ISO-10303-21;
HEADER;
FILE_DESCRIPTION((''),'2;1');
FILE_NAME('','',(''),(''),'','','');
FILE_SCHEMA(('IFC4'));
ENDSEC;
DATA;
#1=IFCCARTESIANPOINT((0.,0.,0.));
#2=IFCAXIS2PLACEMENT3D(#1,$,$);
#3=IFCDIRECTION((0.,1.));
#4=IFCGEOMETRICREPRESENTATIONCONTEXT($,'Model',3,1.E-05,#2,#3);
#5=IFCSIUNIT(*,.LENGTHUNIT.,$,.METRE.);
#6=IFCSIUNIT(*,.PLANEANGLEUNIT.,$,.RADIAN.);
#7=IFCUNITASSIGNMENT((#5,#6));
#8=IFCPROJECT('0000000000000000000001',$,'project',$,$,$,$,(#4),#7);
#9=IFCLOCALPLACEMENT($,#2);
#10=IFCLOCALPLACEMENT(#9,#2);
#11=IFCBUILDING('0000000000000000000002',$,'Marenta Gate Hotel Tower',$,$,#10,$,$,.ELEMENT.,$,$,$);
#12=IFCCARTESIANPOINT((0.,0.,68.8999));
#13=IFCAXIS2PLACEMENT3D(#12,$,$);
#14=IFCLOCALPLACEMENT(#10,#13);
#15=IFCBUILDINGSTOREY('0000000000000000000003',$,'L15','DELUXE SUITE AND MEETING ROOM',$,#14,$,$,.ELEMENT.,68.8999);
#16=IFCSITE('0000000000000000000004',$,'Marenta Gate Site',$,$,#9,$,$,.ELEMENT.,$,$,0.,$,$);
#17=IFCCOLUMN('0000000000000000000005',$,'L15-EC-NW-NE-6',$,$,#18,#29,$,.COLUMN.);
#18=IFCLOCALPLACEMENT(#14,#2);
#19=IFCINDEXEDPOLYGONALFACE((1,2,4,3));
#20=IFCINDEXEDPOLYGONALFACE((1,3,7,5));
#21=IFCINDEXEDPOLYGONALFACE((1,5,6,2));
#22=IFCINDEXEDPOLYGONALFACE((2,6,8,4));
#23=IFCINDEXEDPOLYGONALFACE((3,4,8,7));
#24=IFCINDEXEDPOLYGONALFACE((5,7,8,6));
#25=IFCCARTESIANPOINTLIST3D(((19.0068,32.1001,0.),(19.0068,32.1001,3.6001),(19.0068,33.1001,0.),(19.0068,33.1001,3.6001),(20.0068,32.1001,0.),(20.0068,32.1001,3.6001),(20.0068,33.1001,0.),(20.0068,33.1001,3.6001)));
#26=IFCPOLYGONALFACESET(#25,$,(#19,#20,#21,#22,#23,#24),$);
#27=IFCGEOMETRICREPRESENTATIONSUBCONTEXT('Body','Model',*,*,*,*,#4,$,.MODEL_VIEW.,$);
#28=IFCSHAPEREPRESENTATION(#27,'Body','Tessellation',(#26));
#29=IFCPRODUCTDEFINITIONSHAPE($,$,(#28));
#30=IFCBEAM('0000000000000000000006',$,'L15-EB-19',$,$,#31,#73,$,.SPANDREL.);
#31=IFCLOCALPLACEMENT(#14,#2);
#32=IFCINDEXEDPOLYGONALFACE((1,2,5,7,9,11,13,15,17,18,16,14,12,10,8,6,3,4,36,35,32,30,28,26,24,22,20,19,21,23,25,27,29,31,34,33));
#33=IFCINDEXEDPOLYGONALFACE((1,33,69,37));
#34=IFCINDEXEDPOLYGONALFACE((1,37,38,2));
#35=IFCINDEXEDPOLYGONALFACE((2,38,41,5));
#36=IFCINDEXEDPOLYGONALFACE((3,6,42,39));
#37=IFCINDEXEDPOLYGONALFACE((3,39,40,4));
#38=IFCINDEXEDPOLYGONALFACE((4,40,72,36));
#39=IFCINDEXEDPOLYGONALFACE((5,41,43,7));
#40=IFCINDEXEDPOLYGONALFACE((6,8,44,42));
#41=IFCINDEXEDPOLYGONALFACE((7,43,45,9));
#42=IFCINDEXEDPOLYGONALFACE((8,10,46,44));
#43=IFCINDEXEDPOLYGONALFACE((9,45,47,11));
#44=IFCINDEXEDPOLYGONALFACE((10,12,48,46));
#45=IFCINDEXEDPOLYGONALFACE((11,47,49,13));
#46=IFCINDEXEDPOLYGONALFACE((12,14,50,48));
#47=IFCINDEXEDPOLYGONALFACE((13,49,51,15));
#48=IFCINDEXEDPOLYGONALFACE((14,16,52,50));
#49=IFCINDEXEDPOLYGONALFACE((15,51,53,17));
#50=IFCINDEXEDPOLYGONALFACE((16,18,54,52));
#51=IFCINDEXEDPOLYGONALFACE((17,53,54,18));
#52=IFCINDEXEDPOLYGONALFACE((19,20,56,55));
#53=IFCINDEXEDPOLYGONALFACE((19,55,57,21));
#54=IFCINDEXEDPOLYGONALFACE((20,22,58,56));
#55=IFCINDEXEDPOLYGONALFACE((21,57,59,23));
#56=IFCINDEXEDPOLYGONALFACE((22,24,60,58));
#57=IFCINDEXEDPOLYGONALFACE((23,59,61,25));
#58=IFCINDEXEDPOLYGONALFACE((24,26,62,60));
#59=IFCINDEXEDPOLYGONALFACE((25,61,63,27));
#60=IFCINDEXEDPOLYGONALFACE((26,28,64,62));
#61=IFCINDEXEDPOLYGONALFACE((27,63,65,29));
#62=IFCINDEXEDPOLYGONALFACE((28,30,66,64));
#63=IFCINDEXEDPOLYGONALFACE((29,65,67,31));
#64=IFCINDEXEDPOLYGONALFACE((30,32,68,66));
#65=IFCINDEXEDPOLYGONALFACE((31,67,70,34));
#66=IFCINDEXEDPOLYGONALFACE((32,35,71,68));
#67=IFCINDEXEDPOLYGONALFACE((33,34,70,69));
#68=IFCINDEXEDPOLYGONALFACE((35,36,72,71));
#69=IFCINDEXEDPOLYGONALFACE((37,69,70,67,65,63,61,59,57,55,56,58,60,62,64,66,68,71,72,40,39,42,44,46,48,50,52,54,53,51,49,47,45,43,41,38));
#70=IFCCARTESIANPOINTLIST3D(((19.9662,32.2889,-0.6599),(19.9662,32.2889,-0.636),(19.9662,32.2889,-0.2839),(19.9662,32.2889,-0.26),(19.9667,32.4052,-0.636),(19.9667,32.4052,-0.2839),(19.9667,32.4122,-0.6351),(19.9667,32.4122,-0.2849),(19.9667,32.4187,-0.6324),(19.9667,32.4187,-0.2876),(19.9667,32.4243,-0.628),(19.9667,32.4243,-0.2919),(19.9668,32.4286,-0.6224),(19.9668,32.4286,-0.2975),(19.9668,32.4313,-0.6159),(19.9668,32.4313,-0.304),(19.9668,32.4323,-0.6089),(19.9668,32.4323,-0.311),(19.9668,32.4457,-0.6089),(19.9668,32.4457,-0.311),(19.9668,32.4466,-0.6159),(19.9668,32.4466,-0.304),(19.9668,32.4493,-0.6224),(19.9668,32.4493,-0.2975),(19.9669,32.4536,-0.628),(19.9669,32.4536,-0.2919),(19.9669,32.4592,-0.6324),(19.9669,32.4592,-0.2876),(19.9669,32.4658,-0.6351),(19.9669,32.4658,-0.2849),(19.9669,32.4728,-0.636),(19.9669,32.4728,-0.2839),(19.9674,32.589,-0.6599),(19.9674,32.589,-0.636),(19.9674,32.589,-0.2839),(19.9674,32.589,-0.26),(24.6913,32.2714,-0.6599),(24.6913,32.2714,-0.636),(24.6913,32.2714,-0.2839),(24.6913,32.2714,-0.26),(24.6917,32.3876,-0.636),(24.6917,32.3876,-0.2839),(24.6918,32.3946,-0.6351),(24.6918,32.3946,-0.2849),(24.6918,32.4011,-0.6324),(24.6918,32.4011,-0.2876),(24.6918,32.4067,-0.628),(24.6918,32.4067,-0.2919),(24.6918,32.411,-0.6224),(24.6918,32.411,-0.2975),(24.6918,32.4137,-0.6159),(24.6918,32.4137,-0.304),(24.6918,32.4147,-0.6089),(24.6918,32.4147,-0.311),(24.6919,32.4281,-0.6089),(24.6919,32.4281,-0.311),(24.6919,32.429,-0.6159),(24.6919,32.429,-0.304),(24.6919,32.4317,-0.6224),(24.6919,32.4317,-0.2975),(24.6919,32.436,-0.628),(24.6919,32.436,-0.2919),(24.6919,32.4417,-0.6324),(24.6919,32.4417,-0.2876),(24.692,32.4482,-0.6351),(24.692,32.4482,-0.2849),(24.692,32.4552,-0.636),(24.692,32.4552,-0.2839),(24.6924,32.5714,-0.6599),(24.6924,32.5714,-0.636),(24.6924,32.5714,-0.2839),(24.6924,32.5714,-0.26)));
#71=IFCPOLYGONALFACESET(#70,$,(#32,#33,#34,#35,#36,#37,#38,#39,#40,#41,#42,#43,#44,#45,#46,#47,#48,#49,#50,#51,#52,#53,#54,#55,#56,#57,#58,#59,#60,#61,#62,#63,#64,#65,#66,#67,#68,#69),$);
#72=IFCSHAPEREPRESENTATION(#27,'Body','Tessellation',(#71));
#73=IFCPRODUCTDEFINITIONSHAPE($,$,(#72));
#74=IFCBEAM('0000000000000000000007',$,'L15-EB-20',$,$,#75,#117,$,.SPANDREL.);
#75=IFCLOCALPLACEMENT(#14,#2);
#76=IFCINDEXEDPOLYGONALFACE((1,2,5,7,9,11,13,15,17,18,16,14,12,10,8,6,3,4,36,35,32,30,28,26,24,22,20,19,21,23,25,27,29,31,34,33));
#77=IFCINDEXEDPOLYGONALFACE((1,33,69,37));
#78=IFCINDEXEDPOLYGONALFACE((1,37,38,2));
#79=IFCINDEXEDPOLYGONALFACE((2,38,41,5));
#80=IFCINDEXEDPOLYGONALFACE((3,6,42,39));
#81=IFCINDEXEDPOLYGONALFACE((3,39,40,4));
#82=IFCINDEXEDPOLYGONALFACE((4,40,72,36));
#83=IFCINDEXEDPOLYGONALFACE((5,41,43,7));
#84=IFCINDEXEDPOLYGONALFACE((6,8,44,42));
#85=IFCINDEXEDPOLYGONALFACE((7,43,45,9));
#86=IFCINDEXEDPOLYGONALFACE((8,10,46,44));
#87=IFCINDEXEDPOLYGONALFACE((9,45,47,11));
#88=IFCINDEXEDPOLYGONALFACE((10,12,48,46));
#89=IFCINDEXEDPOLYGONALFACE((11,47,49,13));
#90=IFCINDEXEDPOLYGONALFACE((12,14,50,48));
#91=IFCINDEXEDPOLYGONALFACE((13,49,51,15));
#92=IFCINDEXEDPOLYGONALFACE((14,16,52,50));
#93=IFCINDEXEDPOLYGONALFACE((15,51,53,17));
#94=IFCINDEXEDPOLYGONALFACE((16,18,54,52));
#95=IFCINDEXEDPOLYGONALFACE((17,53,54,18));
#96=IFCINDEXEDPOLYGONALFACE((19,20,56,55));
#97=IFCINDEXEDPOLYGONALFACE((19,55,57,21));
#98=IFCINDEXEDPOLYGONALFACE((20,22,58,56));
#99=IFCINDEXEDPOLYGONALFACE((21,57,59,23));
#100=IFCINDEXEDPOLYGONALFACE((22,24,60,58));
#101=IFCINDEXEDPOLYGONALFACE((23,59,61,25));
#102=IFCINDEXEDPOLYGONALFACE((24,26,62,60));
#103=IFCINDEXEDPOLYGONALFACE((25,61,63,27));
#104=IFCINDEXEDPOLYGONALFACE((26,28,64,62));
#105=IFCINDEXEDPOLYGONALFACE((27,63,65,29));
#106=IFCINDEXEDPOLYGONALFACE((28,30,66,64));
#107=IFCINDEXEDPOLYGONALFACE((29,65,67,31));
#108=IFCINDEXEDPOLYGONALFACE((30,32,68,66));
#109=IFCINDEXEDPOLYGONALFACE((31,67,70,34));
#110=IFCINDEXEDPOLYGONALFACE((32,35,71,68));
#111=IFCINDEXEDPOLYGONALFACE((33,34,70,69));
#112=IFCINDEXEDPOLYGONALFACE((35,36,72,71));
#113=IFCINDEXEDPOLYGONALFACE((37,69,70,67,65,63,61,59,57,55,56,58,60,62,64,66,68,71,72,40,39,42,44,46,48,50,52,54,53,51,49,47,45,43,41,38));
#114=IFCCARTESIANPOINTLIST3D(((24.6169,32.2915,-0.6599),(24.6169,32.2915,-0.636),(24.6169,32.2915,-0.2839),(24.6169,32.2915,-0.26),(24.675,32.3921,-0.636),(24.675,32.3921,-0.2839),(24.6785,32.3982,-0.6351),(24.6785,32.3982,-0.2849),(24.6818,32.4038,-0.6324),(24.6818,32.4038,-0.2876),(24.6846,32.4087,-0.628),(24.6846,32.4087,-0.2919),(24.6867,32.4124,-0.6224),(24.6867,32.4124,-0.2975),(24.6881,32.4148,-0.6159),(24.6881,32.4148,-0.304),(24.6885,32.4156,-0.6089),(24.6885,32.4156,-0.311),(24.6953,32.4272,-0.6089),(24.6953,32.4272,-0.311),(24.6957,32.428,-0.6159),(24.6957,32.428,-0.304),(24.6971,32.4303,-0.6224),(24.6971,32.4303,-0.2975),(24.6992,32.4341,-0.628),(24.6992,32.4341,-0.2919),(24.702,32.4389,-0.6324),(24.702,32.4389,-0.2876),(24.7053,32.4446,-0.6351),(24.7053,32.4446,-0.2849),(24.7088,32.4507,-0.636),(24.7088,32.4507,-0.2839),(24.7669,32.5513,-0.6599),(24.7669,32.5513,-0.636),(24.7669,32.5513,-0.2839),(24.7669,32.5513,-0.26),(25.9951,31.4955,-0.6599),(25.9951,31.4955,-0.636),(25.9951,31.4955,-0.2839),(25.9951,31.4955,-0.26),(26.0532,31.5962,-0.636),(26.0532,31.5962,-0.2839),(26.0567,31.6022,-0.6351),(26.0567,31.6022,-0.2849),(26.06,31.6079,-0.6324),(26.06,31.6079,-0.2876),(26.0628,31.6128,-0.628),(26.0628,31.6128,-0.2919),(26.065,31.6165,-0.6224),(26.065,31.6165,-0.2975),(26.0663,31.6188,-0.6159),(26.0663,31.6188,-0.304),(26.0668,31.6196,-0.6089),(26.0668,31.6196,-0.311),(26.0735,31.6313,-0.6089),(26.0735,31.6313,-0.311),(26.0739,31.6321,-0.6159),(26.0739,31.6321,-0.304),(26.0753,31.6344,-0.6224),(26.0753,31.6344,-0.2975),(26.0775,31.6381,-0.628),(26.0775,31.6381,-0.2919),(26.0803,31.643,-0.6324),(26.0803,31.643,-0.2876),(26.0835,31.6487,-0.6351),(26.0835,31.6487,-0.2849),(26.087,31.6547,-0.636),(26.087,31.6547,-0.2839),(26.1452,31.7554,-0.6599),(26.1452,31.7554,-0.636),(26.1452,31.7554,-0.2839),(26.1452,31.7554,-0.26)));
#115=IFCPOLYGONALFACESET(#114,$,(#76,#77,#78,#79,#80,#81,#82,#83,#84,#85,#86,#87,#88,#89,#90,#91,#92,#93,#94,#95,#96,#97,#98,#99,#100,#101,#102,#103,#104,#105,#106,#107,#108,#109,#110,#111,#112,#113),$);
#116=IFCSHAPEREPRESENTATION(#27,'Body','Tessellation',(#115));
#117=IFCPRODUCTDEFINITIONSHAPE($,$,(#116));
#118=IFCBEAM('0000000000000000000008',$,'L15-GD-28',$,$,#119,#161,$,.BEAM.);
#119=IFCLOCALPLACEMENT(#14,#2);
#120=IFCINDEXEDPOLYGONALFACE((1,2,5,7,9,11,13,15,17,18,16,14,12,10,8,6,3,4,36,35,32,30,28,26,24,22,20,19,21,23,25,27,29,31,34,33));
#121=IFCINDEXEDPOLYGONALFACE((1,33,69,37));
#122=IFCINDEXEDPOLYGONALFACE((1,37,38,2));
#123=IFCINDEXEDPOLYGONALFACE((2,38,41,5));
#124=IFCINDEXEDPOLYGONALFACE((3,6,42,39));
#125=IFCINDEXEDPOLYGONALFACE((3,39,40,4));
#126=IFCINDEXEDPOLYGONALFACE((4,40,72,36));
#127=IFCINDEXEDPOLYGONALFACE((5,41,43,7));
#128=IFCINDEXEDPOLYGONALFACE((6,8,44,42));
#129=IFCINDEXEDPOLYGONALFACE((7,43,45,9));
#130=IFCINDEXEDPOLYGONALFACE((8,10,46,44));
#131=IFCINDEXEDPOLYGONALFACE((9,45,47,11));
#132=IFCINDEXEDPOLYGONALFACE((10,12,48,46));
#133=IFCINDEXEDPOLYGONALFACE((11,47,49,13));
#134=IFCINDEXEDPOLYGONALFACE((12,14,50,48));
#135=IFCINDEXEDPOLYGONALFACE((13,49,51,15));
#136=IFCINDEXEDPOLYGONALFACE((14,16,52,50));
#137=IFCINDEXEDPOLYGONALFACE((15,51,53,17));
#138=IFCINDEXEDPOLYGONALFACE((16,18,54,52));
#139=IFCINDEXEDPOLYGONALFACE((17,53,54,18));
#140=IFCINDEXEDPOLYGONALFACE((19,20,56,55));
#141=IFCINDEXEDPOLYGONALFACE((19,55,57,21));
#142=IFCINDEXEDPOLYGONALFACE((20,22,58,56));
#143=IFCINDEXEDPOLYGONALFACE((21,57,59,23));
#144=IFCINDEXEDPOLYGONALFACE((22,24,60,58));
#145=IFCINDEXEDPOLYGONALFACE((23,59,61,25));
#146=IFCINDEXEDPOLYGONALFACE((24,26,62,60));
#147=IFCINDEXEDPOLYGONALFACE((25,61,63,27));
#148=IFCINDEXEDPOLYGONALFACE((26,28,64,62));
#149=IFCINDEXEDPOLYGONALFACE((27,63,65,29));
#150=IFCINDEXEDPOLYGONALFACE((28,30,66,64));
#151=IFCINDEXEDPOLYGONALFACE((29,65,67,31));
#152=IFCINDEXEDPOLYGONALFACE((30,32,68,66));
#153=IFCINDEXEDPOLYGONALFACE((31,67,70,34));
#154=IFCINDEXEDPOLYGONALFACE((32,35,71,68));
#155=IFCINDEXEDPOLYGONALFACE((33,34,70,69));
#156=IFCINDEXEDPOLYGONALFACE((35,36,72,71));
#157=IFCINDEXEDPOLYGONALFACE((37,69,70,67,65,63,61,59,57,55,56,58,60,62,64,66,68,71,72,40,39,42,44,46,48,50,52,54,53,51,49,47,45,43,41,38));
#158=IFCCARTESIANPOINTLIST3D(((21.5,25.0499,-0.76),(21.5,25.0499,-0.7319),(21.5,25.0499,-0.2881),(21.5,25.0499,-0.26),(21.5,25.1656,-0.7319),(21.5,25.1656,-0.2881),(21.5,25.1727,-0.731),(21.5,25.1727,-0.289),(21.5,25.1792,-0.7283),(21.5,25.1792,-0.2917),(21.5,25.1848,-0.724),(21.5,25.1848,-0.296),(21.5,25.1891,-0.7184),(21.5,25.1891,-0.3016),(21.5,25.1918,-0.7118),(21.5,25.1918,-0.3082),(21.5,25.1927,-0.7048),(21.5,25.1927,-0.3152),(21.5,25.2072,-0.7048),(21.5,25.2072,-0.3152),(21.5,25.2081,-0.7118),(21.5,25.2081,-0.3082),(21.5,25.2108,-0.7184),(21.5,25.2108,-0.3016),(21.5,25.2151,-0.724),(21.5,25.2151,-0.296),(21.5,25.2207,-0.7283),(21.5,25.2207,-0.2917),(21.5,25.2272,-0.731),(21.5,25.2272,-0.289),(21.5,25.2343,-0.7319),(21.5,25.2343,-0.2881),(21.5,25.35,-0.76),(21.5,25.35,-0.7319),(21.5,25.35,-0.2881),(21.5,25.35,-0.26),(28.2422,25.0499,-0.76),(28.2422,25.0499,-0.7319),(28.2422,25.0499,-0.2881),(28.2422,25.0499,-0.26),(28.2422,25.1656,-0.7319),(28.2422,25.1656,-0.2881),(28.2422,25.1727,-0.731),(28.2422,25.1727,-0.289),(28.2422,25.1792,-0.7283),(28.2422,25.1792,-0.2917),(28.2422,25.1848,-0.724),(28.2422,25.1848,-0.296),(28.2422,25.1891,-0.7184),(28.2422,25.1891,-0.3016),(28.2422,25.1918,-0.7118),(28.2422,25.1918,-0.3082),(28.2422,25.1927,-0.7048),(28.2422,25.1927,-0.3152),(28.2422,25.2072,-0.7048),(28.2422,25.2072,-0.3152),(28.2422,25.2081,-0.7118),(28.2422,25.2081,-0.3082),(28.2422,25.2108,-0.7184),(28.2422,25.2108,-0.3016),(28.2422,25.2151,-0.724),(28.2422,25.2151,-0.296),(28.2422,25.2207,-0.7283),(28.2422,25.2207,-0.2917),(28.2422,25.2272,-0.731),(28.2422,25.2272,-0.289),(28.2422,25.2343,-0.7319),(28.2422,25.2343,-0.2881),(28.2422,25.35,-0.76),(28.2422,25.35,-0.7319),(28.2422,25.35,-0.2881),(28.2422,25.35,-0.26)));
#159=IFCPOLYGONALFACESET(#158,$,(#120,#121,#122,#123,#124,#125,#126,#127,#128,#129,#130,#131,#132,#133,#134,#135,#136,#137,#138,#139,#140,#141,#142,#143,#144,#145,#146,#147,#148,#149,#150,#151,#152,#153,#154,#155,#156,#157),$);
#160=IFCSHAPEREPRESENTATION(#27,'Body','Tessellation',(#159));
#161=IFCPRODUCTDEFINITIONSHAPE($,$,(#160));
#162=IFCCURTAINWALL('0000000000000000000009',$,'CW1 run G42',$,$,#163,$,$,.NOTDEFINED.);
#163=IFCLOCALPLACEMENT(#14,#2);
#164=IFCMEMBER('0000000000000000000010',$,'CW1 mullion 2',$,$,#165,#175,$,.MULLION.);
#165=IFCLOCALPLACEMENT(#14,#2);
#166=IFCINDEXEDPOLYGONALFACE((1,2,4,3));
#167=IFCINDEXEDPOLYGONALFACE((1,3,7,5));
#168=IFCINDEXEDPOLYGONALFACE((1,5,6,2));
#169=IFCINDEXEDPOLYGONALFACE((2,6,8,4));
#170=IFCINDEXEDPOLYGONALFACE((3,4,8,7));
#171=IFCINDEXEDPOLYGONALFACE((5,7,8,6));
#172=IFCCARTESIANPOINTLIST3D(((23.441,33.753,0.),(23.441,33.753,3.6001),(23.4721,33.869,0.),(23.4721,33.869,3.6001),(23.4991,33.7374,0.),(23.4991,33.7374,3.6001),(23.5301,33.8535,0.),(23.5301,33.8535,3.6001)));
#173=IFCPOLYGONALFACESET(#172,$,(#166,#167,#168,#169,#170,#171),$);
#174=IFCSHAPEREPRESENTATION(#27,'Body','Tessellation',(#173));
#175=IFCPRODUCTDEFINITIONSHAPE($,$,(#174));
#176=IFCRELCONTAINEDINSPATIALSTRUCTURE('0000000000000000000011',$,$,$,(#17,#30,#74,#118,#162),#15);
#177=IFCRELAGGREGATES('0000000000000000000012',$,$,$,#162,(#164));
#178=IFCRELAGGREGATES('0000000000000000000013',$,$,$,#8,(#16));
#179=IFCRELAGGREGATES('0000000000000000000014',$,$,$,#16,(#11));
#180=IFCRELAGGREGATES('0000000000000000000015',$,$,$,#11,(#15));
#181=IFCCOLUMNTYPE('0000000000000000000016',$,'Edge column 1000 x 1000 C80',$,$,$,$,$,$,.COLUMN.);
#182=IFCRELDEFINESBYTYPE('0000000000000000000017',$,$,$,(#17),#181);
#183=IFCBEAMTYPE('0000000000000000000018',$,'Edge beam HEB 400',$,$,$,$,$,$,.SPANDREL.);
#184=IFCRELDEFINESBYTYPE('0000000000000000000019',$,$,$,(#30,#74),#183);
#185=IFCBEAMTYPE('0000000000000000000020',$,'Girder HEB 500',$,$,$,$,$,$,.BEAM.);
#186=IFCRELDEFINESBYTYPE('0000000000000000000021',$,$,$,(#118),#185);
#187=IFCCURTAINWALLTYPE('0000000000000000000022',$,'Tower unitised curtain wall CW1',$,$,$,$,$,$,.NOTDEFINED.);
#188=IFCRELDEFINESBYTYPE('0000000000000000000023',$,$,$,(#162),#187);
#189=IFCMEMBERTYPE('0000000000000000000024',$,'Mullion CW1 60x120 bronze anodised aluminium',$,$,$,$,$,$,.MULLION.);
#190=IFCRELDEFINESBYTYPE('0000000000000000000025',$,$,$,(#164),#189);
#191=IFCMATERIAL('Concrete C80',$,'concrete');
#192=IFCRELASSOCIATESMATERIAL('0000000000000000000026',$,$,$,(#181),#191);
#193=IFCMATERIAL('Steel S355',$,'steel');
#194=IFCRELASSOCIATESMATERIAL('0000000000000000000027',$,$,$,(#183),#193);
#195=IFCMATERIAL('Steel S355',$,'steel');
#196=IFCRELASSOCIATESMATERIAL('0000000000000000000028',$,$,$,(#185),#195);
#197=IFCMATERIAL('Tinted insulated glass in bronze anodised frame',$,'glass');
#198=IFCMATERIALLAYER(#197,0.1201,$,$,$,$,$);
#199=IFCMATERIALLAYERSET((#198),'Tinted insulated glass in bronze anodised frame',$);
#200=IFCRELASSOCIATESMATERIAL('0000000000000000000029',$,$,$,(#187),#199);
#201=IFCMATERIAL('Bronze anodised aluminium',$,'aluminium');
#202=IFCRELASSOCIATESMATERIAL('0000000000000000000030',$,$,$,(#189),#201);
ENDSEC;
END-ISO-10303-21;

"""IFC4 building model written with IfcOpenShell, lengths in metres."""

from ifc_helpers import new_model, si_unit, direction, frame, origin, origin_2d, place, context, subcontext, project, spatial, rectangle, i_section, extrude, material, layer, layer_set, material_profile, profile_set, type_object, element, aggregate, save


model = new_model("IFC4")

# Units and contexts
model_context = context("Model", 3, precision=1e-05, world=origin(), true_north=direction((0.0, 1.0)))
body_context = subcontext(model_context, "Body", "Model", "MODEL_VIEW")
ifc_project = project(units=[si_unit("LENGTHUNIT", "METRE"), si_unit("PLANEANGLEUNIT", "RADIAN")], contexts=[model_context])

# Site, building, storey
site_placement = place(None, origin())
site = spatial("IfcSite", under=ifc_project, at=site_placement, Name="Marenta Gate Site", CompositionType="ELEMENT", RefElevation=0.0)
building_placement = place(site_placement, origin())
building = spatial("IfcBuilding", under=site, at=building_placement, Name="Marenta Gate Hotel Tower", CompositionType="ELEMENT")
storey_placement = place(building_placement, frame((0.0, 0.0, 68.8999)))
storey = spatial("IfcBuildingStorey", under=building, at=storey_placement, Name="L15", Description="DELUXE SUITE AND MEETING ROOM", CompositionType="ELEMENT", Elevation=68.8999)

# Column
ifc_material_1 = material(Name="Concrete C80", Category="concrete")
ifc_material_profile_1 = material_profile(ifc_material_1, rectangle(XDim=1.0, YDim=1.0, at=origin_2d()), Name="1000 x 1000")
ifc_profile_set_1 = profile_set([ifc_material_profile_1], Name="Concrete C80")
column_type = type_object("IfcColumnType", Name="Edge column 1000 x 1000 C80", PredefinedType="COLUMN", material=ifc_profile_set_1)
column_placement = place(storey_placement, frame((19.5068, 32.6001, 0.0), z_axis=(0.0, 0.0, 1.0), x_axis=(1.0, 0.0, 0.0)))
element("IfcColumn", 1, at=column_placement, inside=storey, type_object=column_type, Name="L15-EC-NW-NE-6", PredefinedType="COLUMN", context=body_context, shape_type="SweptSolid", body=[
    extrude(rectangle(XDim=1.0, YDim=1.0, at=origin_2d()), origin(), (0.0, 0.0, 1.0), 3.6001),
])

# Beams
ifc_material_2 = material(Name="Steel S355", Category="steel")
ifc_material_profile_2 = material_profile(ifc_material_2, i_section(OverallWidth=0.3, OverallDepth=0.3999, WebThickness=0.0134, FlangeThickness=0.0239, FilletRadius=0.0271, at=origin_2d()), Name="HEB 400")
ifc_profile_set_2 = profile_set([ifc_material_profile_2], Name="Steel S355")
beam_type_1 = type_object("IfcBeamType", Name="Edge beam HEB 400", PredefinedType="SPANDREL", material=ifc_profile_set_2)
beam_1_placement = place(storey_placement, frame((19.9668, 32.439, -0.46), z_axis=(0.999993, -0.00372, 0.0), x_axis=(0.00372, 0.999993, 0.0)))
element("IfcBeam", 2, at=beam_1_placement, inside=storey, type_object=beam_type_1, Name="L15-EB-19", PredefinedType="SPANDREL", context=body_context, shape_type="SweptSolid", body=[
    extrude(i_section(OverallWidth=0.3, OverallDepth=0.3999, WebThickness=0.0134, FlangeThickness=0.0239, FilletRadius=0.0271, at=origin_2d()), origin(), (0.0, 0.0, 1.0), 4.7251),
])
beam_2_placement = place(storey_placement, frame((24.6919, 32.4214, -0.46), z_axis=(0.865968, -0.500099, 0.0), x_axis=(0.500099, 0.865968, 0.0)))
element("IfcBeam", 3, at=beam_2_placement, inside=storey, type_object=beam_type_1, Name="L15-EB-20", PredefinedType="SPANDREL", context=body_context, shape_type="SweptSolid", body=[
    extrude(i_section(OverallWidth=0.3, OverallDepth=0.3999, WebThickness=0.0134, FlangeThickness=0.0239, FilletRadius=0.0271, at=origin_2d()), origin(), (0.0, 0.0, 1.0), 1.5916),
])
ifc_material_3 = material(Name="Steel S355", Category="steel")
ifc_material_profile_3 = material_profile(ifc_material_3, i_section(OverallWidth=0.3, OverallDepth=0.5, WebThickness=0.0144, FlangeThickness=0.0281, FilletRadius=0.0271, at=origin_2d()), Name="HEB 500")
ifc_profile_set_3 = profile_set([ifc_material_profile_3], Name="Steel S355")
beam_type_2 = type_object("IfcBeamType", Name="Girder HEB 500", PredefinedType="BEAM", material=ifc_profile_set_3)
beam_3_placement = place(storey_placement, frame((21.5, 25.2, -0.51), z_axis=(1.0, 0.0, 0.0), x_axis=(0.0, 1.0, 0.0)))
element("IfcBeam", 4, at=beam_3_placement, inside=storey, type_object=beam_type_2, Name="L15-GD-28", PredefinedType="BEAM", context=body_context, shape_type="SweptSolid", body=[
    extrude(i_section(OverallWidth=0.3, OverallDepth=0.5, WebThickness=0.0144, FlangeThickness=0.0281, FilletRadius=0.0271, at=origin_2d()), origin(), (0.0, 0.0, 1.0), 6.7422),
])

# Curtain wall, member
ifc_material_4 = material(Name="Tinted insulated glass in bronze anodised frame", Category="glass")
ifc_layer_1 = layer(ifc_material_4, 0.1201)
ifc_layer_set_1 = layer_set([ifc_layer_1], Name="Tinted insulated glass in bronze anodised frame")
curtain_wall_type = type_object("IfcCurtainWallType", Name="Tower unitised curtain wall CW1", PredefinedType="NOTDEFINED", material=ifc_layer_set_1)
curtain_wall_placement = place(storey_placement, origin())
curtain_wall = element("IfcCurtainWall", 5, at=curtain_wall_placement, inside=storey, type_object=curtain_wall_type, Name="CW1 run G42", PredefinedType="NOTDEFINED")
ifc_material_5 = material(Name="Bronze anodised aluminium", Category="aluminium")
ifc_material_profile_4 = material_profile(ifc_material_5, rectangle(XDim=0.1201, YDim=0.0601, at=origin_2d()), Name="Mullion CW1 60x120 bronze anodised aluminium")
ifc_profile_set_4 = profile_set([ifc_material_profile_4], Name="Bronze anodised aluminium")
member_type = type_object("IfcMemberType", Name="Mullion CW1 60x120 bronze anodised aluminium", PredefinedType="MULLION", material=ifc_profile_set_4)
member_placement = place(storey_placement, frame((23.4856, 33.8032, 0.0), z_axis=(0.0, 0.0, 1.0), x_axis=(-0.258807, -0.965929, 0.0)))
member = element("IfcMember", 6, at=member_placement, type_object=member_type, Name="CW1 mullion 2", PredefinedType="MULLION", context=body_context, shape_type="SweptSolid", body=[
    extrude(rectangle(XDim=0.1201, YDim=0.0601, at=origin_2d()), origin(), (0.0, 0.0, 1.0), 3.6001),
])
aggregate(curtain_wall, [member])

save(model, "model.ifc")
